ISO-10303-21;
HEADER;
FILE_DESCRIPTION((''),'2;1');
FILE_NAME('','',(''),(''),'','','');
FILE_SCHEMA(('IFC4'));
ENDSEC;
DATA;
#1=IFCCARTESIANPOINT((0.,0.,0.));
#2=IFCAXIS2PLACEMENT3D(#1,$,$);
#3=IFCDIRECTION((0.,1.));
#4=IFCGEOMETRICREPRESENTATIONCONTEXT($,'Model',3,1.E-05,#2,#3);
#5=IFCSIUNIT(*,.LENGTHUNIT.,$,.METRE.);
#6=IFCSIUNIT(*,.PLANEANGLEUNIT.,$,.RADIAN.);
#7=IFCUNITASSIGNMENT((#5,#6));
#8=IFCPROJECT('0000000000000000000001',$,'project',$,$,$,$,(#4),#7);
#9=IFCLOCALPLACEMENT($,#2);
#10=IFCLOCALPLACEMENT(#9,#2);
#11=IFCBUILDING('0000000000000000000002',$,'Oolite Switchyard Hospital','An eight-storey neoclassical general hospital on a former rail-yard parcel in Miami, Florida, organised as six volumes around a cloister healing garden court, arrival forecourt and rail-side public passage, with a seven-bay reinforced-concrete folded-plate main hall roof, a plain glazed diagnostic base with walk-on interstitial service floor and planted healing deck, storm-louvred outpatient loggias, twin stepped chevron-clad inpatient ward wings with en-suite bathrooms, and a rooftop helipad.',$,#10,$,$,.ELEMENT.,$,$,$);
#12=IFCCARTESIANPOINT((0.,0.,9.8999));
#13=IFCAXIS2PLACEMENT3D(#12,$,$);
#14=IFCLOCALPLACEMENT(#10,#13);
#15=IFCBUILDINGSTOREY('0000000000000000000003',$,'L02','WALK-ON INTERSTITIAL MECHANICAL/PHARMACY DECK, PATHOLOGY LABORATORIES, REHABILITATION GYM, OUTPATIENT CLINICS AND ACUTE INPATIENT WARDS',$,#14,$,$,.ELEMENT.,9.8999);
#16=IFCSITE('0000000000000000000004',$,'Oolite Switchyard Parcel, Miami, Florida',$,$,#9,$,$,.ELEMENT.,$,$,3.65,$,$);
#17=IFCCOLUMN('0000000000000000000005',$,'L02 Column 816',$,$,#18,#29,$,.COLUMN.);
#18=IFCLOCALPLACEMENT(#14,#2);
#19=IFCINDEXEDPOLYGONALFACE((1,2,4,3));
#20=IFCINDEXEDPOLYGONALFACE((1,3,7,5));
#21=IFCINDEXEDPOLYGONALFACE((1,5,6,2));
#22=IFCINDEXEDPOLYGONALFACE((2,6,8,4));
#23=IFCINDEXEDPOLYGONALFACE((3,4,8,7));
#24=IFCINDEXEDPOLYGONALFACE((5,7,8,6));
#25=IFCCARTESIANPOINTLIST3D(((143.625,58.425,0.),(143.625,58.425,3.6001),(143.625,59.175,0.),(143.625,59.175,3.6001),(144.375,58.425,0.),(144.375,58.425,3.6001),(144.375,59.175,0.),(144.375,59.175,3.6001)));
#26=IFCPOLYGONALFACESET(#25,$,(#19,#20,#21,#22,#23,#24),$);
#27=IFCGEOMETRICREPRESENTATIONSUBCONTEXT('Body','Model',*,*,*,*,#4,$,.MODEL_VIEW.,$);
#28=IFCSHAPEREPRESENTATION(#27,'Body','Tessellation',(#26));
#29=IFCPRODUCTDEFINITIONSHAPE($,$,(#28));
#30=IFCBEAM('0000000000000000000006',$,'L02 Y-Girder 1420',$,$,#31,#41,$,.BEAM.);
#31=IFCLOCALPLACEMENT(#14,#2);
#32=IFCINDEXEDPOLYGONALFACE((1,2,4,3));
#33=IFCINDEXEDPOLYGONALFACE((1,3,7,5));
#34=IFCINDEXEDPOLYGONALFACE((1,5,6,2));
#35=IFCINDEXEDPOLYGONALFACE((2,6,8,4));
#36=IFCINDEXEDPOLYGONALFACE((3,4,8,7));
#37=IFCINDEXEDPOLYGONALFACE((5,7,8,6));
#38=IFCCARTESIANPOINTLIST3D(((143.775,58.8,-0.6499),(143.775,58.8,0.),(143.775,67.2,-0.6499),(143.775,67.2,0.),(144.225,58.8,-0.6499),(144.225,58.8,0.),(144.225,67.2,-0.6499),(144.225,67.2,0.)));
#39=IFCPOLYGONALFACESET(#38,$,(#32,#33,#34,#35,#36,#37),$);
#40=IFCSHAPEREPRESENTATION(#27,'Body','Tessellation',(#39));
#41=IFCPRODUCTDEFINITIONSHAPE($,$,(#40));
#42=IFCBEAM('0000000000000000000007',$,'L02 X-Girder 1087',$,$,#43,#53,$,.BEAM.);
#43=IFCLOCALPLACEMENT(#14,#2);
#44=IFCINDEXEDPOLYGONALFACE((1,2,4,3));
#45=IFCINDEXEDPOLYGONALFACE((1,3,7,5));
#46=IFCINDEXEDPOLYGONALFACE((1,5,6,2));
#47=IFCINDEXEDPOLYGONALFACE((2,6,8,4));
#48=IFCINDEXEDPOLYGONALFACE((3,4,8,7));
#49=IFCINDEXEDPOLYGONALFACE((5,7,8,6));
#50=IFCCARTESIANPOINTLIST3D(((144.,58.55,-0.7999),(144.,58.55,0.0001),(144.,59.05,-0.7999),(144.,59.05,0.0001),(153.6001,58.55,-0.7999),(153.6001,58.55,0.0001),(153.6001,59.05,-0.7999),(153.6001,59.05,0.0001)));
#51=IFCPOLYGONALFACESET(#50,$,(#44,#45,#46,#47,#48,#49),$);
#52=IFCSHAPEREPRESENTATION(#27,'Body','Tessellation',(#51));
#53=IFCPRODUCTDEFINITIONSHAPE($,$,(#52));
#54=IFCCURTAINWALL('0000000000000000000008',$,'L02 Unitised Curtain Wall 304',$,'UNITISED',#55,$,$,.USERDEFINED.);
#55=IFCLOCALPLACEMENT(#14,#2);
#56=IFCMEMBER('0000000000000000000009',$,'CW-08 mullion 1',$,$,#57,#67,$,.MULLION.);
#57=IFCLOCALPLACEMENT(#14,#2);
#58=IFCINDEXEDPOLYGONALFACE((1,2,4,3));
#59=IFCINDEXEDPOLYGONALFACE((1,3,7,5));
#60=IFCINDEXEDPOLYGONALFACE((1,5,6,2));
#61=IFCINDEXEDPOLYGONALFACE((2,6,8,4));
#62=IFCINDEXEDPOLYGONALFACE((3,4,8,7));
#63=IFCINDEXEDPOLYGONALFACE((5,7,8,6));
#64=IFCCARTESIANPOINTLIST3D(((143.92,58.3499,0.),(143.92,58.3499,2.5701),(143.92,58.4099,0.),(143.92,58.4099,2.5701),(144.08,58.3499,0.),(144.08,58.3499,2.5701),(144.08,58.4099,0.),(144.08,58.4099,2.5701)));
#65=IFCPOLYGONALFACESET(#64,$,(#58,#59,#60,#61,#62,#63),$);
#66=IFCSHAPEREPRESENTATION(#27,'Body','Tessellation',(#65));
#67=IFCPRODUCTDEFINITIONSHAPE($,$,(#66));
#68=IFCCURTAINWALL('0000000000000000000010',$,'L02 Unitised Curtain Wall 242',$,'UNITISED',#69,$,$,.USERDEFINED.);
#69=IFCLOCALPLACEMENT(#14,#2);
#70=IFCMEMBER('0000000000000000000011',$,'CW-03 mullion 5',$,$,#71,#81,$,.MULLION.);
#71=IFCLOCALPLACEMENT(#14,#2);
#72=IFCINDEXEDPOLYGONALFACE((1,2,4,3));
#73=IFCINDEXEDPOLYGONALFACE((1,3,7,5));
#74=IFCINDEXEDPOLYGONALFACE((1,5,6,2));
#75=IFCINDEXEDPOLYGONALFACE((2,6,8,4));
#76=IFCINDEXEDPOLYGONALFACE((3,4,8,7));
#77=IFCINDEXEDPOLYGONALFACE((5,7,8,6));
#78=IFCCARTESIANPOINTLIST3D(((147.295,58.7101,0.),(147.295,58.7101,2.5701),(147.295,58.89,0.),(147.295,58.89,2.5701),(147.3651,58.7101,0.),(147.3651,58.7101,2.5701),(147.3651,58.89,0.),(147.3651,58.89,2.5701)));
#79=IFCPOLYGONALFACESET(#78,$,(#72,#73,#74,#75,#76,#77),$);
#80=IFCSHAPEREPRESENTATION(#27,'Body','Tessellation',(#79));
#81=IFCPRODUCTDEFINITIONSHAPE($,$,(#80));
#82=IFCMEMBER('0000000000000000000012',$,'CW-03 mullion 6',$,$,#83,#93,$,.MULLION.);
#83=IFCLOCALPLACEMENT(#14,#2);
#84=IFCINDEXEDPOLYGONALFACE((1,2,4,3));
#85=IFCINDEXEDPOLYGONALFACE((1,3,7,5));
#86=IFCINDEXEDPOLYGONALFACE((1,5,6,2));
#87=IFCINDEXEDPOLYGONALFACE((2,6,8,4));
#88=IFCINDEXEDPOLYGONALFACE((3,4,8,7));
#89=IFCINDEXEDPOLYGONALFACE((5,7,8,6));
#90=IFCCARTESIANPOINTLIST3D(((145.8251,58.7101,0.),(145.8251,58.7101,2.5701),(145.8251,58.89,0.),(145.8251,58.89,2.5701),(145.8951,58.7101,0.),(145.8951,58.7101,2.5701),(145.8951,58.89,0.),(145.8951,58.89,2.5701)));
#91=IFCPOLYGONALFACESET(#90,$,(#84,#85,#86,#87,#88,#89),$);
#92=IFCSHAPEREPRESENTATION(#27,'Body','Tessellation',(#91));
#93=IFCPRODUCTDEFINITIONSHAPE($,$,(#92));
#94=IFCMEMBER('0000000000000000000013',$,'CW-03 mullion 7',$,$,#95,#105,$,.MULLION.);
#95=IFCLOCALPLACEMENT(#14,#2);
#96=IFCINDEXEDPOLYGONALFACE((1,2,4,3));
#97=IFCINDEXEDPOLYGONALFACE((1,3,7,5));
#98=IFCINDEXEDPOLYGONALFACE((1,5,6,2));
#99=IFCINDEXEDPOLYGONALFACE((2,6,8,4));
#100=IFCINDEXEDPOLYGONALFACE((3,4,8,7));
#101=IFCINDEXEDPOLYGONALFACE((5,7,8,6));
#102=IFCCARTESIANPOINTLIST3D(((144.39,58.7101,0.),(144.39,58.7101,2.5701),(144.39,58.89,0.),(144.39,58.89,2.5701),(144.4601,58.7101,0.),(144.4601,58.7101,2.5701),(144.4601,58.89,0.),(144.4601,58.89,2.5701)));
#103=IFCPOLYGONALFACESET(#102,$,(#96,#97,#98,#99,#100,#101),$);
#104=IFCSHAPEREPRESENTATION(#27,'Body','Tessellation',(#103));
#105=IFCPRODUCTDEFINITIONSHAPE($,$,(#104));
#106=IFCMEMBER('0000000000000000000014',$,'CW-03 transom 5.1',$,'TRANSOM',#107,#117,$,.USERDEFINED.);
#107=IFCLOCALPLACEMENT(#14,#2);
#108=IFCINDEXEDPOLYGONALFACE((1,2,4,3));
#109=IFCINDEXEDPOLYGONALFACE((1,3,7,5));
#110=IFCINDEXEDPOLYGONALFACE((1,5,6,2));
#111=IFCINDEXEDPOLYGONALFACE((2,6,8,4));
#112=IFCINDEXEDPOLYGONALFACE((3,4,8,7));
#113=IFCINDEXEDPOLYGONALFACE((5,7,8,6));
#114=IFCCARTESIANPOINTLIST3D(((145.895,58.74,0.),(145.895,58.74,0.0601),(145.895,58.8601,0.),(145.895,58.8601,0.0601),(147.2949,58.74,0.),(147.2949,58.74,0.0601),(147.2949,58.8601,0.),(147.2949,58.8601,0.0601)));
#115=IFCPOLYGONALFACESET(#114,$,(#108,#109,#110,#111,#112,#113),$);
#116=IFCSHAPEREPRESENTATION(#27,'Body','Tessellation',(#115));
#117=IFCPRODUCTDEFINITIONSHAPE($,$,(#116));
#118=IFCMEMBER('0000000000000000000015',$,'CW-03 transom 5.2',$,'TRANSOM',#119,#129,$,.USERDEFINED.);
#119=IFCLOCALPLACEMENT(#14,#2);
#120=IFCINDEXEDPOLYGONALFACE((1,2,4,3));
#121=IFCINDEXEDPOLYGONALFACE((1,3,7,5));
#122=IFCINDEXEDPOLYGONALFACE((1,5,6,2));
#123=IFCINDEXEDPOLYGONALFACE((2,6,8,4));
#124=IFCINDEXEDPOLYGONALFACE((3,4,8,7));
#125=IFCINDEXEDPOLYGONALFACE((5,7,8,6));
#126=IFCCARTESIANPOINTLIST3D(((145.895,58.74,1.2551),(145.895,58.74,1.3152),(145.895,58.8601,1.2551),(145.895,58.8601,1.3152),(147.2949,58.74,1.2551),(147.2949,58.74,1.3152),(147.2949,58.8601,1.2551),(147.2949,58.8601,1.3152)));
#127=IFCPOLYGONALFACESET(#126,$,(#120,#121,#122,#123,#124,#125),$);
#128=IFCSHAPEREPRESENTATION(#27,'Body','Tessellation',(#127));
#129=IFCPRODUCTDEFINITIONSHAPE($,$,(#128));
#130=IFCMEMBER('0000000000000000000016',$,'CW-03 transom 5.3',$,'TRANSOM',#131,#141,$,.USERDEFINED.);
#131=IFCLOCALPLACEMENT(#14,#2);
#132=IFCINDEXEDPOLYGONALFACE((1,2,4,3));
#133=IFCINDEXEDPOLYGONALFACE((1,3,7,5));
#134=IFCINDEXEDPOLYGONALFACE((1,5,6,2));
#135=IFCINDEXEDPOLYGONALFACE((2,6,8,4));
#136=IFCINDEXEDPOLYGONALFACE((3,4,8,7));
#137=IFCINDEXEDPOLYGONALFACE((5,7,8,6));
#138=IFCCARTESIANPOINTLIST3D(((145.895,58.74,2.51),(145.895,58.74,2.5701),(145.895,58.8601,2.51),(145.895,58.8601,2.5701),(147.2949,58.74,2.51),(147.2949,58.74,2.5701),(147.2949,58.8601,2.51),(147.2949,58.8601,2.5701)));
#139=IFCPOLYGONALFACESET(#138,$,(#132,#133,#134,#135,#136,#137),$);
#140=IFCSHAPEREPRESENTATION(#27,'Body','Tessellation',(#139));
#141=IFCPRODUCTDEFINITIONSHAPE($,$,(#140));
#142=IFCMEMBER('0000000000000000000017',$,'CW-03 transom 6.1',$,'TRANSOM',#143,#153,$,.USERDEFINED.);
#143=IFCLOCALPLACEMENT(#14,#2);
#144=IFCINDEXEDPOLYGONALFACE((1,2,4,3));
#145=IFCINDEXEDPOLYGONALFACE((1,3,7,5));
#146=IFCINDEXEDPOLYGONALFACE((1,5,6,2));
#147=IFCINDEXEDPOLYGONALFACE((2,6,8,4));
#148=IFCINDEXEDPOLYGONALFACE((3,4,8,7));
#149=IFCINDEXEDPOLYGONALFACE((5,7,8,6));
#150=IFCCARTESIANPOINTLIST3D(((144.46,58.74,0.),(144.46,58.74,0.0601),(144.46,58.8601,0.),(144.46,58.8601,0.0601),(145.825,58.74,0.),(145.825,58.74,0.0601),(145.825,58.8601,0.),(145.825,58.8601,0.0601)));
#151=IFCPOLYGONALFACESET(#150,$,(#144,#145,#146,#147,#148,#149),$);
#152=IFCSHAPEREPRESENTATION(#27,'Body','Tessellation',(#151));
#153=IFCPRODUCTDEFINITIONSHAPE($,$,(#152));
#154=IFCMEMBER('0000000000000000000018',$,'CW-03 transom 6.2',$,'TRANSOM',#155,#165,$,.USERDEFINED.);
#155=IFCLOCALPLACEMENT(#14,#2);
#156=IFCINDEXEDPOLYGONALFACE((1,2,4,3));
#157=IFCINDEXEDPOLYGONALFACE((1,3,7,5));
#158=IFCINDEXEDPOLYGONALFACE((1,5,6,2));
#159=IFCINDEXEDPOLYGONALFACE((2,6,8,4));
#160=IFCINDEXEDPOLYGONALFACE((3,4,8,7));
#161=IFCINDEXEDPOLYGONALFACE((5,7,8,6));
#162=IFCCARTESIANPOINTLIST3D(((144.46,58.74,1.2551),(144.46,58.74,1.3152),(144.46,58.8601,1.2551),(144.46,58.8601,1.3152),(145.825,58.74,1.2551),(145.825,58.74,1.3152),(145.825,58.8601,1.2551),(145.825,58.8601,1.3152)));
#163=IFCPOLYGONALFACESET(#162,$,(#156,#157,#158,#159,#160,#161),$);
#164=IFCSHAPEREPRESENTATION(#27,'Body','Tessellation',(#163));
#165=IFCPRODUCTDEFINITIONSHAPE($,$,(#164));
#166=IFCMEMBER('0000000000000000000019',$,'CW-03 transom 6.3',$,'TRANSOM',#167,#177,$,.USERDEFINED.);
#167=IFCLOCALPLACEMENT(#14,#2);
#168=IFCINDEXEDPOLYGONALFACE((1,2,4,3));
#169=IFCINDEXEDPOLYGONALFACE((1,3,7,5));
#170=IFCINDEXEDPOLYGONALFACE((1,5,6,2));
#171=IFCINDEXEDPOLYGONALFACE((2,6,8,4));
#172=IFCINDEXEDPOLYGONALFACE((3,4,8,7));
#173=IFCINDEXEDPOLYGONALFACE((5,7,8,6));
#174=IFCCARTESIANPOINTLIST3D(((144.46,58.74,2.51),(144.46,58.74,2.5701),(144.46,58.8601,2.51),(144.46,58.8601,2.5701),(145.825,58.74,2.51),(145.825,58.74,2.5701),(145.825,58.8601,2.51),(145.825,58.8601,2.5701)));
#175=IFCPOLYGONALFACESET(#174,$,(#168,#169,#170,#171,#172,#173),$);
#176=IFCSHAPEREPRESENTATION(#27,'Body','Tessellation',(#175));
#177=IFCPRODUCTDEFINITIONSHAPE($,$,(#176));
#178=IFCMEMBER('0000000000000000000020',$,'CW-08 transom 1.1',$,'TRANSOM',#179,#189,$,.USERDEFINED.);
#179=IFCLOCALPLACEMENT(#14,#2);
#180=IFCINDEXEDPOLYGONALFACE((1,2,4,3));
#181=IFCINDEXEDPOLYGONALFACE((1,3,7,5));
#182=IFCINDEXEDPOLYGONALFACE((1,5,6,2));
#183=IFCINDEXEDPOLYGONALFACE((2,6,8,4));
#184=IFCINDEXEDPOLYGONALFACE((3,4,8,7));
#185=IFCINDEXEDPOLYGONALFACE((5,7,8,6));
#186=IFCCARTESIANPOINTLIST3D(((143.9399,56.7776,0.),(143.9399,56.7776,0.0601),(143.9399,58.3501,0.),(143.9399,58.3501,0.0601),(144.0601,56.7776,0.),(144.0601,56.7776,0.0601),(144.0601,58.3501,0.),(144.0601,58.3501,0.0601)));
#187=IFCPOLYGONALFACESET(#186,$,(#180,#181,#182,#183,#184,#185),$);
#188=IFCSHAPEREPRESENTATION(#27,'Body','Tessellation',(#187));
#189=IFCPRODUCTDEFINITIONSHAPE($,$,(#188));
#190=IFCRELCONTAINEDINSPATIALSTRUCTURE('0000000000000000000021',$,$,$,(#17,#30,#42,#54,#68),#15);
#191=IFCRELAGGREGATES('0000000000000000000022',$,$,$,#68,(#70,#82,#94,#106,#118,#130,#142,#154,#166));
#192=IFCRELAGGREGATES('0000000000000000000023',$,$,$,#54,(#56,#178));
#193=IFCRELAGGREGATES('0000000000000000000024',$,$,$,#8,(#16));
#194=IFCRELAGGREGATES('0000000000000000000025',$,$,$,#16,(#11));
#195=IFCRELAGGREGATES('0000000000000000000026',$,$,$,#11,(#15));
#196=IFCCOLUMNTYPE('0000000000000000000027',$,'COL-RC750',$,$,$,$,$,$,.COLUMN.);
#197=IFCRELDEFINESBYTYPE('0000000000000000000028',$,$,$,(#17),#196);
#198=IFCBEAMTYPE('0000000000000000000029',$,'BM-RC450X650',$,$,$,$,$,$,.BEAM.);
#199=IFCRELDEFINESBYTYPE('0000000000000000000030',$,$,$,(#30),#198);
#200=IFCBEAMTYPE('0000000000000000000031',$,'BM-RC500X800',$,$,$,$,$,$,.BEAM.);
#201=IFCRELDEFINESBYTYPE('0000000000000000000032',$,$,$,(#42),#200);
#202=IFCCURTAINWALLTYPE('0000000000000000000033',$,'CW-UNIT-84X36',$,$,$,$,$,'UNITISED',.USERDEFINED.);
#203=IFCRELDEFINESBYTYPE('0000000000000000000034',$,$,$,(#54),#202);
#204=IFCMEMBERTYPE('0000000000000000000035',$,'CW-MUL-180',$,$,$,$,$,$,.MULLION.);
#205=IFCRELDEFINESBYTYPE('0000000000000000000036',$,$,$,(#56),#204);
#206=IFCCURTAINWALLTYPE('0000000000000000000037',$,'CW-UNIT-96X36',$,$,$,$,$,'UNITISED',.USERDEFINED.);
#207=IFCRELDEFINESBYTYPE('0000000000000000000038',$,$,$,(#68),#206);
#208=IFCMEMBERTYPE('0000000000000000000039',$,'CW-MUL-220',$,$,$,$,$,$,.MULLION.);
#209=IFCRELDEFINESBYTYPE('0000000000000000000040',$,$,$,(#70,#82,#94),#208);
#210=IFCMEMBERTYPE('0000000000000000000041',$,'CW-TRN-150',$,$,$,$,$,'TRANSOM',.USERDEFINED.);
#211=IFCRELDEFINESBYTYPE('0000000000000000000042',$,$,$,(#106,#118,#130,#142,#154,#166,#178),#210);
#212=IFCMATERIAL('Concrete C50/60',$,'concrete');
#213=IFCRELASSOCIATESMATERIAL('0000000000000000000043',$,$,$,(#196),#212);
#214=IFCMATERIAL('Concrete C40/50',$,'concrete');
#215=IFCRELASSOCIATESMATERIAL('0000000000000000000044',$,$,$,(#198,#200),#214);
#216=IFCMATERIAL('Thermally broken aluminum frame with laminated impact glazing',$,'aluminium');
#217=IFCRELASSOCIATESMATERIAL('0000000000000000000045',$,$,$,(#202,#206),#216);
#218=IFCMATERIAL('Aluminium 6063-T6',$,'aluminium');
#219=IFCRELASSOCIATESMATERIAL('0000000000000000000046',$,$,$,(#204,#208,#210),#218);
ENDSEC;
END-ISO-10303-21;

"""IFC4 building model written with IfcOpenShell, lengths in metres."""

from ifc_helpers import new_model, si_unit, direction, frame, origin, origin_2d, place, context, subcontext, project, spatial, rectangle, extrude, material, material_profile, profile_set, type_object, element, aggregate, save


model = new_model("IFC4")

# Units and contexts
model_context = context("Model", 3, precision=1e-05, world=origin(), true_north=direction((0.0, 1.0)))
body_context = subcontext(model_context, "Body", "Model", "MODEL_VIEW")
ifc_project = project(units=[si_unit("LENGTHUNIT", "METRE"), si_unit("PLANEANGLEUNIT", "RADIAN")], contexts=[model_context])

# Site, building, storey
site_placement = place(None, origin())
site = spatial("IfcSite", under=ifc_project, at=site_placement, Name="Oolite Switchyard Parcel, Miami, Florida", CompositionType="ELEMENT", RefElevation=3.65)
building_placement = place(site_placement, origin())
building = spatial("IfcBuilding", under=site, at=building_placement, Name="Oolite Switchyard Hospital", Description="An eight-storey neoclassical general hospital on a former rail-yard parcel in Miami, Florida, organised as six volumes around a cloister healing garden court, arrival forecourt and rail-side public passage, with a seven-bay reinforced-concrete folded-plate main hall roof, a plain glazed diagnostic base with walk-on interstitial service floor and planted healing deck, storm-louvred outpatient loggias, twin stepped chevron-clad inpatient ward wings with en-suite bathrooms, and a rooftop helipad.", CompositionType="ELEMENT")
storey_placement = place(building_placement, frame((0.0, 0.0, 9.8999)))
storey = spatial("IfcBuildingStorey", under=building, at=storey_placement, Name="L02", Description="WALK-ON INTERSTITIAL MECHANICAL/PHARMACY DECK, PATHOLOGY LABORATORIES, REHABILITATION GYM, OUTPATIENT CLINICS AND ACUTE INPATIENT WARDS", CompositionType="ELEMENT", Elevation=9.8999)

# Column
ifc_material_1 = material(Name="Concrete C50/60", Category="concrete")
ifc_material_profile_1 = material_profile(ifc_material_1, rectangle(XDim=0.75, YDim=0.75, at=origin_2d()), Name="RC750X750")
ifc_profile_set_1 = profile_set([ifc_material_profile_1], Name="Concrete C50/60")
column_type = type_object("IfcColumnType", Name="COL-RC750", PredefinedType="COLUMN", material=ifc_profile_set_1)
column_placement = place(storey_placement, frame((144.0, 58.8, 0.0), z_axis=(0.0, 0.0, 1.0), x_axis=(1.0, 0.0, 0.0)))
element("IfcColumn", 1, at=column_placement, inside=storey, type_object=column_type, Name="L02 Column 816", PredefinedType="COLUMN", context=body_context, shape_type="SweptSolid", body=[
    extrude(rectangle(XDim=0.75, YDim=0.75, at=origin_2d()), origin(), (0.0, 0.0, 1.0), 3.6001),
])

# Beams
ifc_material_2 = material(Name="Concrete C40/50", Category="concrete")
ifc_material_profile_2 = material_profile(ifc_material_2, rectangle(XDim=0.45, YDim=0.6499, at=origin_2d()), Name="RCB450X650")
ifc_profile_set_2 = profile_set([ifc_material_profile_2], Name="Concrete C40/50")
beam_type_1 = type_object("IfcBeamType", Name="BM-RC450X650", PredefinedType="BEAM", material=ifc_profile_set_2)
beam_1_placement = place(storey_placement, frame((144.0, 58.8, -0.325), z_axis=(0.0, 1.0, 0.0), x_axis=(-1.0, 0.0, 0.0)))
element("IfcBeam", 2, at=beam_1_placement, inside=storey, type_object=beam_type_1, Name="L02 Y-Girder 1420", PredefinedType="BEAM", context=body_context, shape_type="SweptSolid", body=[
    extrude(rectangle(XDim=0.45, YDim=0.6499, at=origin_2d()), origin(), (0.0, 0.0, 1.0), 8.3999),
])
ifc_material_profile_3 = material_profile(ifc_material_2, rectangle(XDim=0.5, YDim=0.8, at=origin_2d()), Name="RCB500X800")
ifc_profile_set_3 = profile_set([ifc_material_profile_3], Name="Concrete C40/50")
beam_type_2 = type_object("IfcBeamType", Name="BM-RC500X800", PredefinedType="BEAM", material=ifc_profile_set_3)
beam_2_placement = place(storey_placement, frame((144.0, 58.8, -0.3999), z_axis=(1.0, 0.0, 0.0), x_axis=(0.0, 1.0, 0.0)))
element("IfcBeam", 3, at=beam_2_placement, inside=storey, type_object=beam_type_2, Name="L02 X-Girder 1087", PredefinedType="BEAM", context=body_context, shape_type="SweptSolid", body=[
    extrude(rectangle(XDim=0.5, YDim=0.8, at=origin_2d()), origin(), (0.0, 0.0, 1.0), 9.6001),
])

# Curtain wall, member
ifc_material_3 = material(Name="Thermally broken aluminum frame with laminated impact glazing", Category="aluminium")
curtain_wall_type_1 = type_object("IfcCurtainWallType", Name="CW-UNIT-84X36", ElementType="UNITISED", PredefinedType="USERDEFINED", material=ifc_material_3)
curtain_wall_1_placement = place(storey_placement, origin())
curtain_wall_1 = element("IfcCurtainWall", 4, at=curtain_wall_1_placement, inside=storey, type_object=curtain_wall_type_1, Name="L02 Unitised Curtain Wall 304", ObjectType="UNITISED", PredefinedType="USERDEFINED")
ifc_material_4 = material(Name="Aluminium 6063-T6", Category="aluminium")
ifc_material_profile_4 = material_profile(ifc_material_4, rectangle(XDim=0.1599, YDim=0.0601, at=origin_2d()), Name="CWM60X160")
ifc_profile_set_4 = profile_set([ifc_material_profile_4], Name="Aluminium 6063-T6")
member_type_1 = type_object("IfcMemberType", Name="CW-MUL-180", PredefinedType="MULLION", material=ifc_profile_set_4)
member_1_placement = place(storey_placement, frame((144.0, 58.3799, 0.0), z_axis=(0.0, 0.0, 1.0), x_axis=(1.0, 0.0, 0.0)))
member_1 = element("IfcMember", 5, at=member_1_placement, type_object=member_type_1, Name="CW-08 mullion 1", PredefinedType="MULLION", context=body_context, shape_type="SweptSolid", body=[
    extrude(rectangle(XDim=0.1599, YDim=0.0601, at=origin_2d()), origin(), (0.0, 0.0, 1.0), 2.5701),
])

# Curtain wall, members
curtain_wall_type_2 = type_object("IfcCurtainWallType", Name="CW-UNIT-96X36", ElementType="UNITISED", PredefinedType="USERDEFINED", material=ifc_material_3)
curtain_wall_2_placement = place(storey_placement, origin())
curtain_wall_2 = element("IfcCurtainWall", 6, at=curtain_wall_2_placement, inside=storey, type_object=curtain_wall_type_2, Name="L02 Unitised Curtain Wall 242", ObjectType="UNITISED", PredefinedType="USERDEFINED")
ifc_material_profile_5 = material_profile(ifc_material_4, rectangle(XDim=0.1799, YDim=0.0701, at=origin_2d()), Name="CWM70X180")
ifc_profile_set_5 = profile_set([ifc_material_profile_5], Name="Aluminium 6063-T6")
member_type_2 = type_object("IfcMemberType", Name="CW-MUL-220", PredefinedType="MULLION", material=ifc_profile_set_5)
member_2_placement = place(storey_placement, frame((147.3301, 58.8, 0.0), z_axis=(0.0, 0.0, 1.0), x_axis=(0.0, -1.0, 0.0)))
member_2 = element("IfcMember", 7, at=member_2_placement, type_object=member_type_2, Name="CW-03 mullion 5", PredefinedType="MULLION", context=body_context, shape_type="SweptSolid", body=[
    extrude(rectangle(XDim=0.1799, YDim=0.0701, at=origin_2d()), origin(), (0.0, 0.0, 1.0), 2.5701),
])
member_3_placement = place(storey_placement, frame((145.8601, 58.8, 0.0), z_axis=(0.0, 0.0, 1.0), x_axis=(0.0, -1.0, 0.0)))
member_3 = element("IfcMember", 8, at=member_3_placement, type_object=member_type_2, Name="CW-03 mullion 6", PredefinedType="MULLION", context=body_context, shape_type="SweptSolid", body=[
    extrude(rectangle(XDim=0.1799, YDim=0.0701, at=origin_2d()), origin(), (0.0, 0.0, 1.0), 2.5701),
])
member_4_placement = place(storey_placement, frame((144.425, 58.8, 0.0), z_axis=(0.0, 0.0, 1.0), x_axis=(0.0, -1.0, 0.0)))
member_4 = element("IfcMember", 9, at=member_4_placement, type_object=member_type_2, Name="CW-03 mullion 7", PredefinedType="MULLION", context=body_context, shape_type="SweptSolid", body=[
    extrude(rectangle(XDim=0.1799, YDim=0.0701, at=origin_2d()), origin(), (0.0, 0.0, 1.0), 2.5701),
])
ifc_material_profile_6 = material_profile(ifc_material_4, rectangle(XDim=0.1201, YDim=0.0601, at=origin_2d()), Name="CWT60X120")
ifc_profile_set_6 = profile_set([ifc_material_profile_6], Name="Aluminium 6063-T6")
member_type_3 = type_object("IfcMemberType", Name="CW-TRN-150", ElementType="TRANSOM", PredefinedType="USERDEFINED", material=ifc_profile_set_6)
member_5_placement = place(storey_placement, frame((147.2949, 58.8, 0.03), z_axis=(-1.0, 0.0, 0.0), x_axis=(0.0, -1.0, 0.0)))
member_5 = element("IfcMember", 10, at=member_5_placement, type_object=member_type_3, Name="CW-03 transom 5.1", ObjectType="TRANSOM", PredefinedType="USERDEFINED", context=body_context, shape_type="SweptSolid", body=[
    extrude(rectangle(XDim=0.1201, YDim=0.0601, at=origin_2d()), origin(), (0.0, 0.0, 1.0), 1.3999),
])
member_6_placement = place(storey_placement, frame((147.2949, 58.8, 1.2852), z_axis=(-1.0, 0.0, 0.0), x_axis=(0.0, -1.0, 0.0)))
member_6 = element("IfcMember", 11, at=member_6_placement, type_object=member_type_3, Name="CW-03 transom 5.2", ObjectType="TRANSOM", PredefinedType="USERDEFINED", context=body_context, shape_type="SweptSolid", body=[
    extrude(rectangle(XDim=0.1201, YDim=0.0601, at=origin_2d()), origin(), (0.0, 0.0, 1.0), 1.3999),
])
member_7_placement = place(storey_placement, frame((147.2949, 58.8, 2.54), z_axis=(-1.0, 0.0, 0.0), x_axis=(0.0, -1.0, 0.0)))
member_7 = element("IfcMember", 12, at=member_7_placement, type_object=member_type_3, Name="CW-03 transom 5.3", ObjectType="TRANSOM", PredefinedType="USERDEFINED", context=body_context, shape_type="SweptSolid", body=[
    extrude(rectangle(XDim=0.1201, YDim=0.0601, at=origin_2d()), origin(), (0.0, 0.0, 1.0), 1.3999),
])
member_8_placement = place(storey_placement, frame((145.825, 58.8, 0.03), z_axis=(-1.0, 0.0, 0.0), x_axis=(0.0, -1.0, 0.0)))
member_8 = element("IfcMember", 13, at=member_8_placement, type_object=member_type_3, Name="CW-03 transom 6.1", ObjectType="TRANSOM", PredefinedType="USERDEFINED", context=body_context, shape_type="SweptSolid", body=[
    extrude(rectangle(XDim=0.1201, YDim=0.0601, at=origin_2d()), origin(), (0.0, 0.0, 1.0), 1.365),
])
member_9_placement = place(storey_placement, frame((145.825, 58.8, 1.2852), z_axis=(-1.0, 0.0, 0.0), x_axis=(0.0, -1.0, 0.0)))
member_9 = element("IfcMember", 14, at=member_9_placement, type_object=member_type_3, Name="CW-03 transom 6.2", ObjectType="TRANSOM", PredefinedType="USERDEFINED", context=body_context, shape_type="SweptSolid", body=[
    extrude(rectangle(XDim=0.1201, YDim=0.0601, at=origin_2d()), origin(), (0.0, 0.0, 1.0), 1.365),
])
member_10_placement = place(storey_placement, frame((145.825, 58.8, 2.54), z_axis=(-1.0, 0.0, 0.0), x_axis=(0.0, -1.0, 0.0)))
member_10 = element("IfcMember", 15, at=member_10_placement, type_object=member_type_3, Name="CW-03 transom 6.3", ObjectType="TRANSOM", PredefinedType="USERDEFINED", context=body_context, shape_type="SweptSolid", body=[
    extrude(rectangle(XDim=0.1201, YDim=0.0601, at=origin_2d()), origin(), (0.0, 0.0, 1.0), 1.365),
])

# Member
member_11_placement = place(storey_placement, frame((144.0, 58.3501, 0.03), z_axis=(0.0, -1.0, 0.0), x_axis=(1.0, 0.0, 0.0)))
member_11 = element("IfcMember", 16, at=member_11_placement, type_object=member_type_3, Name="CW-08 transom 1.1", ObjectType="TRANSOM", PredefinedType="USERDEFINED", context=body_context, shape_type="SweptSolid", body=[
    extrude(rectangle(XDim=0.1201, YDim=0.0601, at=origin_2d()), origin(), (0.0, 0.0, 1.0), 1.5725),
])

aggregate(curtain_wall_2, [member_2, member_3, member_4, member_5, member_6, member_7, member_8, member_9, member_10])
aggregate(curtain_wall_1, [member_1, member_11])

save(model, "model.ifc")
